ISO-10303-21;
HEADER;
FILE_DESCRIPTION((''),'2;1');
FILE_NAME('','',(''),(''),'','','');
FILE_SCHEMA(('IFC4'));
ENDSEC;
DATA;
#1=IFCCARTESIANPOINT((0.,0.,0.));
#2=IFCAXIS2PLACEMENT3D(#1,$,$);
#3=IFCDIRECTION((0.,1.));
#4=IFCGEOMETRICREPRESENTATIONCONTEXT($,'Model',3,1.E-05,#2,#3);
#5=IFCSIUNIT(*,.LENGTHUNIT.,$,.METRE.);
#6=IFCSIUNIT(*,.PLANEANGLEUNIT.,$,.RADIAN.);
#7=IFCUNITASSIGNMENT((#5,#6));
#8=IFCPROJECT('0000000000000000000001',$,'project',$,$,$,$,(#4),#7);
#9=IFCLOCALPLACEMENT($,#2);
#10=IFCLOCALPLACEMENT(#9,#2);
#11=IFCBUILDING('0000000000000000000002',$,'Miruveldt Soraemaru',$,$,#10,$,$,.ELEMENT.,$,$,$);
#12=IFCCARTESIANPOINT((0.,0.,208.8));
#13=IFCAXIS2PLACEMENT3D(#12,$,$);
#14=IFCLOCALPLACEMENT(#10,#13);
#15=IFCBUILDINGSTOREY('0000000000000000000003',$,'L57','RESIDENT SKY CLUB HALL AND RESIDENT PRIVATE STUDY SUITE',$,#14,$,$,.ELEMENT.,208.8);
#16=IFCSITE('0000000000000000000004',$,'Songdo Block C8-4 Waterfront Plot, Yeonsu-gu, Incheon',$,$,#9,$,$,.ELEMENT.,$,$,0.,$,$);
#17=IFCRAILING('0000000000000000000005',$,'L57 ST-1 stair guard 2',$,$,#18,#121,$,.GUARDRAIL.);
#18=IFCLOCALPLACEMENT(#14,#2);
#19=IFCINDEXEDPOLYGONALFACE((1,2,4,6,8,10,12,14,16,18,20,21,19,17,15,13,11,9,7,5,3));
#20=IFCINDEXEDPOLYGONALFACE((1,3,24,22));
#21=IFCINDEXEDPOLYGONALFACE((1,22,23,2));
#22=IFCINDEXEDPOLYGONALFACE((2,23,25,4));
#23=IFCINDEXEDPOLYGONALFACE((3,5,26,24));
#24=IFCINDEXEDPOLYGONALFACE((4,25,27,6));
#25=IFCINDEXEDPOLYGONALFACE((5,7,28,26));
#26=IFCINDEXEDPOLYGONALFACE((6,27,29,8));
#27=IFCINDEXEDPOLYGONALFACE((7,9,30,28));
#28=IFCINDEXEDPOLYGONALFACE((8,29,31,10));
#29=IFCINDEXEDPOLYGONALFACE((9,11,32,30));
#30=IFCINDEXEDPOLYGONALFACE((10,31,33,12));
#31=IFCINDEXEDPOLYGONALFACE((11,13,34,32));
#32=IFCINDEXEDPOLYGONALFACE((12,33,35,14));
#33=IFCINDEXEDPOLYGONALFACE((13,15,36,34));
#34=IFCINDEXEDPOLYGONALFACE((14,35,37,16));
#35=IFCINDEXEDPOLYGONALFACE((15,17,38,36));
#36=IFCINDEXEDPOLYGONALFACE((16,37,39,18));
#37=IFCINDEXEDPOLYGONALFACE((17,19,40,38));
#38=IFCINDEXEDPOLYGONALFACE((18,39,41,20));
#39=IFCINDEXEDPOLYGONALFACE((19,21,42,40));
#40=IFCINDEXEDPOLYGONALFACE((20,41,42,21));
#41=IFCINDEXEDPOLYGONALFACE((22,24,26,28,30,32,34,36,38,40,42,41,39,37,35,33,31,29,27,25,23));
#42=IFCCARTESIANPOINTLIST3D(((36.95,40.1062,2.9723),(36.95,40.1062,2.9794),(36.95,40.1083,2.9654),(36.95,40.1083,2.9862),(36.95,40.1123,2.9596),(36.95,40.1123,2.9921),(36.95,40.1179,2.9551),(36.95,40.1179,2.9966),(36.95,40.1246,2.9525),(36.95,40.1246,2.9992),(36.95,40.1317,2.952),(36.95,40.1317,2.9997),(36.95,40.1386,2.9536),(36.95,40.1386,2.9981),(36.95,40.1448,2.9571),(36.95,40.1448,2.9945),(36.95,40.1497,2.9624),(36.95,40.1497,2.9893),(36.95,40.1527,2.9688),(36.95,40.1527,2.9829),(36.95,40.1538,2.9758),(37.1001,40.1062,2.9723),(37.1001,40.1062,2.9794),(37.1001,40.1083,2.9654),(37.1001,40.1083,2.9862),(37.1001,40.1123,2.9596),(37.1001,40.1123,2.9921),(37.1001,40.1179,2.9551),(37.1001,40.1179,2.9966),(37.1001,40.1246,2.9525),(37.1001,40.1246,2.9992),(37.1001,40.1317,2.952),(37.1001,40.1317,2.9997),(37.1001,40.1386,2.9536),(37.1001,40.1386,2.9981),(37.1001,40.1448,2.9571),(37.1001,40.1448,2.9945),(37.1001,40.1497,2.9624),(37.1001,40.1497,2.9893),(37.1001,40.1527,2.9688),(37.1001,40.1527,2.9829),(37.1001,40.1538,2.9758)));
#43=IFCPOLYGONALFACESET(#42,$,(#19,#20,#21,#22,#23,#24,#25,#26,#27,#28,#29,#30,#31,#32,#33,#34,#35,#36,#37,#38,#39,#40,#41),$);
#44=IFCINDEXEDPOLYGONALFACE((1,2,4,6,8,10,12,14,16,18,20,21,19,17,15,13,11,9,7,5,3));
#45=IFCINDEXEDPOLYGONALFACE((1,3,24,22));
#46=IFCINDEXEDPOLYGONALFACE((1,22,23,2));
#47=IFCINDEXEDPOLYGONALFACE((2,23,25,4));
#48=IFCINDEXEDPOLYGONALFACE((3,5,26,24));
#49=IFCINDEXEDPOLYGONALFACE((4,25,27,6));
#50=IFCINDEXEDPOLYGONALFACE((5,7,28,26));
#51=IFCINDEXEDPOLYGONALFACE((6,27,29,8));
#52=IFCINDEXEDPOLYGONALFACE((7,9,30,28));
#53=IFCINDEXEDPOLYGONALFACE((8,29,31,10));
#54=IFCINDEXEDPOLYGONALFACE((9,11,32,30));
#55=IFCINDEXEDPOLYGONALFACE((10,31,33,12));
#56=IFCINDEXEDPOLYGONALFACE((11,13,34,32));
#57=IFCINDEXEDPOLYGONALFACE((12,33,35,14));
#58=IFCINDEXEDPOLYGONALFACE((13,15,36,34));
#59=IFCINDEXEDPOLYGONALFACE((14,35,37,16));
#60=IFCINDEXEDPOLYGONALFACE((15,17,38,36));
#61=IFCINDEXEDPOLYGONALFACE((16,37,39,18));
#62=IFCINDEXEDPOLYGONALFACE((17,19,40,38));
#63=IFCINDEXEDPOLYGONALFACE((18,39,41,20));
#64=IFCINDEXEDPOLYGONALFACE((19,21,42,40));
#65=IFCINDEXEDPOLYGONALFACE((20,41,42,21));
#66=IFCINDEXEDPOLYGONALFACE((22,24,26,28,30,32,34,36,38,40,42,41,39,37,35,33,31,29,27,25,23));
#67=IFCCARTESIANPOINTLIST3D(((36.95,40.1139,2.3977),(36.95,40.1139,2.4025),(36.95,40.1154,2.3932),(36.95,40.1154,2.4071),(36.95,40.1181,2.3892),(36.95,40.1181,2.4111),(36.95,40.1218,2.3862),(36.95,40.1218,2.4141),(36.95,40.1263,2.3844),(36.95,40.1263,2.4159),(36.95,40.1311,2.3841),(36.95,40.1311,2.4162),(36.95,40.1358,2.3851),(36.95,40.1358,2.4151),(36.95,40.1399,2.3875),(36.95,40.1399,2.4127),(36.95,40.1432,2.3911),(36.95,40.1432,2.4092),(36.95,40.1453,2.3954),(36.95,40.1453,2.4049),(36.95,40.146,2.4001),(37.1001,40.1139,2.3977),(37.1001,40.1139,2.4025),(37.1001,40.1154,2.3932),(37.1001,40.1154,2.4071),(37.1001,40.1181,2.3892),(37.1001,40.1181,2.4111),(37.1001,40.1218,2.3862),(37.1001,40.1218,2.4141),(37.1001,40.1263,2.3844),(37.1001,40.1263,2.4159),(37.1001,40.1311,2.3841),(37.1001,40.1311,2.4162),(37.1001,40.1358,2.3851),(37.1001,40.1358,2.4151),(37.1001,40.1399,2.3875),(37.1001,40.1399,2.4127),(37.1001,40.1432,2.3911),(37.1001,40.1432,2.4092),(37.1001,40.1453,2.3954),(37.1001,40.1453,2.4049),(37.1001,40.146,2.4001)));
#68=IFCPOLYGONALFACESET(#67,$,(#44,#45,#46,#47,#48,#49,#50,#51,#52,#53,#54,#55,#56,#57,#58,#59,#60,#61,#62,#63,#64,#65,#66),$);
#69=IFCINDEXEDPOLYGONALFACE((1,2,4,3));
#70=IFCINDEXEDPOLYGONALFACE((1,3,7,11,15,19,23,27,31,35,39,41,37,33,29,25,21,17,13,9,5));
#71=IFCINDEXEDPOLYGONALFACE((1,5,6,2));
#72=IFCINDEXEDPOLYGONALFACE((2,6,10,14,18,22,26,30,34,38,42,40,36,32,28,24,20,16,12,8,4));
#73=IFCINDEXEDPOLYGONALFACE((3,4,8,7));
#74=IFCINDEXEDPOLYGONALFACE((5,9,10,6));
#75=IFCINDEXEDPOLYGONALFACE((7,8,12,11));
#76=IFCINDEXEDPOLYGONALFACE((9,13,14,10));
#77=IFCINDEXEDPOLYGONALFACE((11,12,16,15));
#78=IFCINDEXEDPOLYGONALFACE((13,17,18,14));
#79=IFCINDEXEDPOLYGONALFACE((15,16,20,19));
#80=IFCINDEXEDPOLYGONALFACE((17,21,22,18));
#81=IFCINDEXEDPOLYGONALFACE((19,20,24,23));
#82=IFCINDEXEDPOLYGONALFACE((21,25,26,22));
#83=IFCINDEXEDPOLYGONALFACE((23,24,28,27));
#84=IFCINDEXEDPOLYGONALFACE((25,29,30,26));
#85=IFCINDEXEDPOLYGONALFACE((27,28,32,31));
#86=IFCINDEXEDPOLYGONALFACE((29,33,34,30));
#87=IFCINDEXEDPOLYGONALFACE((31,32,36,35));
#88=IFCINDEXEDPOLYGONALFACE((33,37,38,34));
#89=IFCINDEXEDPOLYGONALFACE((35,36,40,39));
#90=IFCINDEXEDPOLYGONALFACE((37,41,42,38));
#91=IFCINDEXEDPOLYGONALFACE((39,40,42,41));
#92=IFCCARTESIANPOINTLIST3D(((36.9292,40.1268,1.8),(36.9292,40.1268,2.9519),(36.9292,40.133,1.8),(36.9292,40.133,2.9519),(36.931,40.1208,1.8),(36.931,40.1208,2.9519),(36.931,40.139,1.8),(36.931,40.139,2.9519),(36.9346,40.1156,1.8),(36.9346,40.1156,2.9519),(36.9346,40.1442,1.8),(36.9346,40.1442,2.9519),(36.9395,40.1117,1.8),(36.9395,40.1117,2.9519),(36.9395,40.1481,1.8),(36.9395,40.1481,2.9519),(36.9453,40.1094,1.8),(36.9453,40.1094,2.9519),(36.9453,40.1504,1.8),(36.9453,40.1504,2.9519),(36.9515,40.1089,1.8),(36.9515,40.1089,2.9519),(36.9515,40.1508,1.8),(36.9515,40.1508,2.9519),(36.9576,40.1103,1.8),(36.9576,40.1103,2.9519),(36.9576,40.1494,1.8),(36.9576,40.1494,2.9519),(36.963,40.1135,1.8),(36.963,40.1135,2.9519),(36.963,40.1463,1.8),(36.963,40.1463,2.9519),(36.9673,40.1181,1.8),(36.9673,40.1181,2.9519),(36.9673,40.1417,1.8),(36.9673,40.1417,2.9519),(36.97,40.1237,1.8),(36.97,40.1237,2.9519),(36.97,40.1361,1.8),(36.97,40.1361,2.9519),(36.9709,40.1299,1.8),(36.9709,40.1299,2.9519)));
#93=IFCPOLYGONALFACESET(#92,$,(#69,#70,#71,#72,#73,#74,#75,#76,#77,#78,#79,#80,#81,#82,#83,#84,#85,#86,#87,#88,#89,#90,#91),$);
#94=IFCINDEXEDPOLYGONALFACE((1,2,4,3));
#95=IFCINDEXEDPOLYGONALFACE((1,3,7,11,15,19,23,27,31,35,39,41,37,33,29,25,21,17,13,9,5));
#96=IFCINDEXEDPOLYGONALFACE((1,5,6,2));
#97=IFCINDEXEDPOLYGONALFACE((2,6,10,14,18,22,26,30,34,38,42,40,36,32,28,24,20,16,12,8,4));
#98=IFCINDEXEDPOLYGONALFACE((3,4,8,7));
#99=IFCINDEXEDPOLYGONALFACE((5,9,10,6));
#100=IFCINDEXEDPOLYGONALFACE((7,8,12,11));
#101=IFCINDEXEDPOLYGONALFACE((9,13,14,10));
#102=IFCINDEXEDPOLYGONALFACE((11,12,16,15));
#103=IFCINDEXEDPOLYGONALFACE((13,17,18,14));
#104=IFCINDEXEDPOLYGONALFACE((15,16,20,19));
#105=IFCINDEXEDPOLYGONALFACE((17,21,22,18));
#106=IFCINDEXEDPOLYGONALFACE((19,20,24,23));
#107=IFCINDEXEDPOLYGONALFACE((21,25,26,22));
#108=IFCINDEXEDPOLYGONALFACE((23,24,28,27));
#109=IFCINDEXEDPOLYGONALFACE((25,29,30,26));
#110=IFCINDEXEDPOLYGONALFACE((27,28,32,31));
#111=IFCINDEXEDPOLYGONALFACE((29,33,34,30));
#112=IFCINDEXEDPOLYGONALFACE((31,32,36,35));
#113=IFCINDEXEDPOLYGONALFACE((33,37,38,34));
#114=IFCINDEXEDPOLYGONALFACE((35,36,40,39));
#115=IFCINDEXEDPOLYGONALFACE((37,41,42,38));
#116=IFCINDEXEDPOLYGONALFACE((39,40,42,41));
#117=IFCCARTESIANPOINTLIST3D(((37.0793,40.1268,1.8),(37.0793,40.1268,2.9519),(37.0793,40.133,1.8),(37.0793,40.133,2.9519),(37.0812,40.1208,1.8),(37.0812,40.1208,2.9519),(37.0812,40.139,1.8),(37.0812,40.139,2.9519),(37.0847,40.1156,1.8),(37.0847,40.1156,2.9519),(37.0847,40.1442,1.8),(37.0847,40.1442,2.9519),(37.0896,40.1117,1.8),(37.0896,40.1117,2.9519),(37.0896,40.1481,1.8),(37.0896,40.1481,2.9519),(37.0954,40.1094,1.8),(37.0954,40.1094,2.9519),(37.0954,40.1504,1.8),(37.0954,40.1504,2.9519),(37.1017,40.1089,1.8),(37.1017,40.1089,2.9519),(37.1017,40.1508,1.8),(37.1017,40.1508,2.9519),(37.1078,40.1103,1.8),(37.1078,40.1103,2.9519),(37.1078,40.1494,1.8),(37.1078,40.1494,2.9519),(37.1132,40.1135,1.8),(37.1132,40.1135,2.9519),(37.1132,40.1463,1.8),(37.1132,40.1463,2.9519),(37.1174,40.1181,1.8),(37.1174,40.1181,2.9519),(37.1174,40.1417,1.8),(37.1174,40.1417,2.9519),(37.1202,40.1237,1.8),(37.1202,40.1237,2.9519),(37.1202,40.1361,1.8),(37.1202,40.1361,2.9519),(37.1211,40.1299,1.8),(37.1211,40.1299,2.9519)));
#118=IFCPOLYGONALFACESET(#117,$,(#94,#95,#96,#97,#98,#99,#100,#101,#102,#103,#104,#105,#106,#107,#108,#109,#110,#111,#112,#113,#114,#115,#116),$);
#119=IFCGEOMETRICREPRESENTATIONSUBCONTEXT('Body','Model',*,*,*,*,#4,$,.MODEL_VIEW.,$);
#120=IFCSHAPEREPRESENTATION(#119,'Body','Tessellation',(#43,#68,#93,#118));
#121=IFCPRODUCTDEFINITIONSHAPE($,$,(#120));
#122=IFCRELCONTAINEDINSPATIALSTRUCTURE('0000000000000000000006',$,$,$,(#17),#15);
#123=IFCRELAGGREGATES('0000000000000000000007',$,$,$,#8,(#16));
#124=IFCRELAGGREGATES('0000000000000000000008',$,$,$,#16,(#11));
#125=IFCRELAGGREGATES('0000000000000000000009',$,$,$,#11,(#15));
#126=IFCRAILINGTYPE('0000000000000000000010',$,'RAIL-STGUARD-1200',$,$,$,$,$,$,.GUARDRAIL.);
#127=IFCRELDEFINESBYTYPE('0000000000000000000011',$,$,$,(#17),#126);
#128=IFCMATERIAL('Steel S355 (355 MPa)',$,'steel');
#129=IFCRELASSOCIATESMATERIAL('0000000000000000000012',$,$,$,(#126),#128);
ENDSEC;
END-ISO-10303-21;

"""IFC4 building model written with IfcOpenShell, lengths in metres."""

from ifc_helpers import new_model, si_unit, direction, frame, origin, origin_2d, place, context, subcontext, project, spatial, circle, extrude, material, type_object, element, save


model = new_model("IFC4")

# Units and contexts
model_context = context("Model", 3, precision=1e-05, world=origin(), true_north=direction((0.0, 1.0)))
body_context = subcontext(model_context, "Body", "Model", "MODEL_VIEW")
ifc_project = project(units=[si_unit("LENGTHUNIT", "METRE"), si_unit("PLANEANGLEUNIT", "RADIAN")], contexts=[model_context])

# Site, building, storey
site_placement = place(None, origin())
site = spatial("IfcSite", under=ifc_project, at=site_placement, Name="Songdo Block C8-4 Waterfront Plot, Yeonsu-gu, Incheon", CompositionType="ELEMENT", RefElevation=0.0)
building_placement = place(site_placement, origin())
building = spatial("IfcBuilding", under=site, at=building_placement, Name="Miruveldt Soraemaru", CompositionType="ELEMENT")
storey_placement = place(building_placement, frame((0.0, 0.0, 208.8)))
storey = spatial("IfcBuildingStorey", under=building, at=storey_placement, Name="L57", Description="RESIDENT SKY CLUB HALL AND RESIDENT PRIVATE STUDY SUITE", CompositionType="ELEMENT", Elevation=208.8)

# Railing
ifc_material_1 = material(Name="Steel S355 (355 MPa)", Category="steel")
railing_type_1 = type_object("IfcRailingType", Name="RAIL-STGUARD-1200", PredefinedType="GUARDRAIL", material=ifc_material_1)
railing_1_placement = place(storey_placement, frame((36.95, 40.1299, 1.8)))
element("IfcRailing", 1, at=railing_1_placement, inside=storey, type_object=railing_type_1, Name="L57 ST-1 stair guard 2", PredefinedType="GUARDRAIL", context=body_context, shape_type="SweptSolid", body=[
    extrude(circle(Radius=0.0239, at=origin_2d()), frame((0.0, 0.0, 1.1758), z_axis=(1.0, 0.0, 0.0), x_axis=(0.0, 1.0, 0.0)), (0.0, 0.0, 1.0), 0.1501),
    extrude(circle(Radius=0.0161, at=origin_2d()), frame((0.0, 0.0, 0.6001), z_axis=(1.0, 0.0, 0.0), x_axis=(0.0, 1.0, 0.0)), (0.0, 0.0, 1.0), 0.1501),
    extrude(circle(Radius=0.021, at=origin_2d()), origin(), (0.0, 0.0, 1.0), 1.1519),
    extrude(circle(Radius=0.021, at=origin_2d()), frame((0.1501, 0.0, 0.0)), (0.0, 0.0, 1.0), 1.1519),
])

save(model, "model.ifc")
